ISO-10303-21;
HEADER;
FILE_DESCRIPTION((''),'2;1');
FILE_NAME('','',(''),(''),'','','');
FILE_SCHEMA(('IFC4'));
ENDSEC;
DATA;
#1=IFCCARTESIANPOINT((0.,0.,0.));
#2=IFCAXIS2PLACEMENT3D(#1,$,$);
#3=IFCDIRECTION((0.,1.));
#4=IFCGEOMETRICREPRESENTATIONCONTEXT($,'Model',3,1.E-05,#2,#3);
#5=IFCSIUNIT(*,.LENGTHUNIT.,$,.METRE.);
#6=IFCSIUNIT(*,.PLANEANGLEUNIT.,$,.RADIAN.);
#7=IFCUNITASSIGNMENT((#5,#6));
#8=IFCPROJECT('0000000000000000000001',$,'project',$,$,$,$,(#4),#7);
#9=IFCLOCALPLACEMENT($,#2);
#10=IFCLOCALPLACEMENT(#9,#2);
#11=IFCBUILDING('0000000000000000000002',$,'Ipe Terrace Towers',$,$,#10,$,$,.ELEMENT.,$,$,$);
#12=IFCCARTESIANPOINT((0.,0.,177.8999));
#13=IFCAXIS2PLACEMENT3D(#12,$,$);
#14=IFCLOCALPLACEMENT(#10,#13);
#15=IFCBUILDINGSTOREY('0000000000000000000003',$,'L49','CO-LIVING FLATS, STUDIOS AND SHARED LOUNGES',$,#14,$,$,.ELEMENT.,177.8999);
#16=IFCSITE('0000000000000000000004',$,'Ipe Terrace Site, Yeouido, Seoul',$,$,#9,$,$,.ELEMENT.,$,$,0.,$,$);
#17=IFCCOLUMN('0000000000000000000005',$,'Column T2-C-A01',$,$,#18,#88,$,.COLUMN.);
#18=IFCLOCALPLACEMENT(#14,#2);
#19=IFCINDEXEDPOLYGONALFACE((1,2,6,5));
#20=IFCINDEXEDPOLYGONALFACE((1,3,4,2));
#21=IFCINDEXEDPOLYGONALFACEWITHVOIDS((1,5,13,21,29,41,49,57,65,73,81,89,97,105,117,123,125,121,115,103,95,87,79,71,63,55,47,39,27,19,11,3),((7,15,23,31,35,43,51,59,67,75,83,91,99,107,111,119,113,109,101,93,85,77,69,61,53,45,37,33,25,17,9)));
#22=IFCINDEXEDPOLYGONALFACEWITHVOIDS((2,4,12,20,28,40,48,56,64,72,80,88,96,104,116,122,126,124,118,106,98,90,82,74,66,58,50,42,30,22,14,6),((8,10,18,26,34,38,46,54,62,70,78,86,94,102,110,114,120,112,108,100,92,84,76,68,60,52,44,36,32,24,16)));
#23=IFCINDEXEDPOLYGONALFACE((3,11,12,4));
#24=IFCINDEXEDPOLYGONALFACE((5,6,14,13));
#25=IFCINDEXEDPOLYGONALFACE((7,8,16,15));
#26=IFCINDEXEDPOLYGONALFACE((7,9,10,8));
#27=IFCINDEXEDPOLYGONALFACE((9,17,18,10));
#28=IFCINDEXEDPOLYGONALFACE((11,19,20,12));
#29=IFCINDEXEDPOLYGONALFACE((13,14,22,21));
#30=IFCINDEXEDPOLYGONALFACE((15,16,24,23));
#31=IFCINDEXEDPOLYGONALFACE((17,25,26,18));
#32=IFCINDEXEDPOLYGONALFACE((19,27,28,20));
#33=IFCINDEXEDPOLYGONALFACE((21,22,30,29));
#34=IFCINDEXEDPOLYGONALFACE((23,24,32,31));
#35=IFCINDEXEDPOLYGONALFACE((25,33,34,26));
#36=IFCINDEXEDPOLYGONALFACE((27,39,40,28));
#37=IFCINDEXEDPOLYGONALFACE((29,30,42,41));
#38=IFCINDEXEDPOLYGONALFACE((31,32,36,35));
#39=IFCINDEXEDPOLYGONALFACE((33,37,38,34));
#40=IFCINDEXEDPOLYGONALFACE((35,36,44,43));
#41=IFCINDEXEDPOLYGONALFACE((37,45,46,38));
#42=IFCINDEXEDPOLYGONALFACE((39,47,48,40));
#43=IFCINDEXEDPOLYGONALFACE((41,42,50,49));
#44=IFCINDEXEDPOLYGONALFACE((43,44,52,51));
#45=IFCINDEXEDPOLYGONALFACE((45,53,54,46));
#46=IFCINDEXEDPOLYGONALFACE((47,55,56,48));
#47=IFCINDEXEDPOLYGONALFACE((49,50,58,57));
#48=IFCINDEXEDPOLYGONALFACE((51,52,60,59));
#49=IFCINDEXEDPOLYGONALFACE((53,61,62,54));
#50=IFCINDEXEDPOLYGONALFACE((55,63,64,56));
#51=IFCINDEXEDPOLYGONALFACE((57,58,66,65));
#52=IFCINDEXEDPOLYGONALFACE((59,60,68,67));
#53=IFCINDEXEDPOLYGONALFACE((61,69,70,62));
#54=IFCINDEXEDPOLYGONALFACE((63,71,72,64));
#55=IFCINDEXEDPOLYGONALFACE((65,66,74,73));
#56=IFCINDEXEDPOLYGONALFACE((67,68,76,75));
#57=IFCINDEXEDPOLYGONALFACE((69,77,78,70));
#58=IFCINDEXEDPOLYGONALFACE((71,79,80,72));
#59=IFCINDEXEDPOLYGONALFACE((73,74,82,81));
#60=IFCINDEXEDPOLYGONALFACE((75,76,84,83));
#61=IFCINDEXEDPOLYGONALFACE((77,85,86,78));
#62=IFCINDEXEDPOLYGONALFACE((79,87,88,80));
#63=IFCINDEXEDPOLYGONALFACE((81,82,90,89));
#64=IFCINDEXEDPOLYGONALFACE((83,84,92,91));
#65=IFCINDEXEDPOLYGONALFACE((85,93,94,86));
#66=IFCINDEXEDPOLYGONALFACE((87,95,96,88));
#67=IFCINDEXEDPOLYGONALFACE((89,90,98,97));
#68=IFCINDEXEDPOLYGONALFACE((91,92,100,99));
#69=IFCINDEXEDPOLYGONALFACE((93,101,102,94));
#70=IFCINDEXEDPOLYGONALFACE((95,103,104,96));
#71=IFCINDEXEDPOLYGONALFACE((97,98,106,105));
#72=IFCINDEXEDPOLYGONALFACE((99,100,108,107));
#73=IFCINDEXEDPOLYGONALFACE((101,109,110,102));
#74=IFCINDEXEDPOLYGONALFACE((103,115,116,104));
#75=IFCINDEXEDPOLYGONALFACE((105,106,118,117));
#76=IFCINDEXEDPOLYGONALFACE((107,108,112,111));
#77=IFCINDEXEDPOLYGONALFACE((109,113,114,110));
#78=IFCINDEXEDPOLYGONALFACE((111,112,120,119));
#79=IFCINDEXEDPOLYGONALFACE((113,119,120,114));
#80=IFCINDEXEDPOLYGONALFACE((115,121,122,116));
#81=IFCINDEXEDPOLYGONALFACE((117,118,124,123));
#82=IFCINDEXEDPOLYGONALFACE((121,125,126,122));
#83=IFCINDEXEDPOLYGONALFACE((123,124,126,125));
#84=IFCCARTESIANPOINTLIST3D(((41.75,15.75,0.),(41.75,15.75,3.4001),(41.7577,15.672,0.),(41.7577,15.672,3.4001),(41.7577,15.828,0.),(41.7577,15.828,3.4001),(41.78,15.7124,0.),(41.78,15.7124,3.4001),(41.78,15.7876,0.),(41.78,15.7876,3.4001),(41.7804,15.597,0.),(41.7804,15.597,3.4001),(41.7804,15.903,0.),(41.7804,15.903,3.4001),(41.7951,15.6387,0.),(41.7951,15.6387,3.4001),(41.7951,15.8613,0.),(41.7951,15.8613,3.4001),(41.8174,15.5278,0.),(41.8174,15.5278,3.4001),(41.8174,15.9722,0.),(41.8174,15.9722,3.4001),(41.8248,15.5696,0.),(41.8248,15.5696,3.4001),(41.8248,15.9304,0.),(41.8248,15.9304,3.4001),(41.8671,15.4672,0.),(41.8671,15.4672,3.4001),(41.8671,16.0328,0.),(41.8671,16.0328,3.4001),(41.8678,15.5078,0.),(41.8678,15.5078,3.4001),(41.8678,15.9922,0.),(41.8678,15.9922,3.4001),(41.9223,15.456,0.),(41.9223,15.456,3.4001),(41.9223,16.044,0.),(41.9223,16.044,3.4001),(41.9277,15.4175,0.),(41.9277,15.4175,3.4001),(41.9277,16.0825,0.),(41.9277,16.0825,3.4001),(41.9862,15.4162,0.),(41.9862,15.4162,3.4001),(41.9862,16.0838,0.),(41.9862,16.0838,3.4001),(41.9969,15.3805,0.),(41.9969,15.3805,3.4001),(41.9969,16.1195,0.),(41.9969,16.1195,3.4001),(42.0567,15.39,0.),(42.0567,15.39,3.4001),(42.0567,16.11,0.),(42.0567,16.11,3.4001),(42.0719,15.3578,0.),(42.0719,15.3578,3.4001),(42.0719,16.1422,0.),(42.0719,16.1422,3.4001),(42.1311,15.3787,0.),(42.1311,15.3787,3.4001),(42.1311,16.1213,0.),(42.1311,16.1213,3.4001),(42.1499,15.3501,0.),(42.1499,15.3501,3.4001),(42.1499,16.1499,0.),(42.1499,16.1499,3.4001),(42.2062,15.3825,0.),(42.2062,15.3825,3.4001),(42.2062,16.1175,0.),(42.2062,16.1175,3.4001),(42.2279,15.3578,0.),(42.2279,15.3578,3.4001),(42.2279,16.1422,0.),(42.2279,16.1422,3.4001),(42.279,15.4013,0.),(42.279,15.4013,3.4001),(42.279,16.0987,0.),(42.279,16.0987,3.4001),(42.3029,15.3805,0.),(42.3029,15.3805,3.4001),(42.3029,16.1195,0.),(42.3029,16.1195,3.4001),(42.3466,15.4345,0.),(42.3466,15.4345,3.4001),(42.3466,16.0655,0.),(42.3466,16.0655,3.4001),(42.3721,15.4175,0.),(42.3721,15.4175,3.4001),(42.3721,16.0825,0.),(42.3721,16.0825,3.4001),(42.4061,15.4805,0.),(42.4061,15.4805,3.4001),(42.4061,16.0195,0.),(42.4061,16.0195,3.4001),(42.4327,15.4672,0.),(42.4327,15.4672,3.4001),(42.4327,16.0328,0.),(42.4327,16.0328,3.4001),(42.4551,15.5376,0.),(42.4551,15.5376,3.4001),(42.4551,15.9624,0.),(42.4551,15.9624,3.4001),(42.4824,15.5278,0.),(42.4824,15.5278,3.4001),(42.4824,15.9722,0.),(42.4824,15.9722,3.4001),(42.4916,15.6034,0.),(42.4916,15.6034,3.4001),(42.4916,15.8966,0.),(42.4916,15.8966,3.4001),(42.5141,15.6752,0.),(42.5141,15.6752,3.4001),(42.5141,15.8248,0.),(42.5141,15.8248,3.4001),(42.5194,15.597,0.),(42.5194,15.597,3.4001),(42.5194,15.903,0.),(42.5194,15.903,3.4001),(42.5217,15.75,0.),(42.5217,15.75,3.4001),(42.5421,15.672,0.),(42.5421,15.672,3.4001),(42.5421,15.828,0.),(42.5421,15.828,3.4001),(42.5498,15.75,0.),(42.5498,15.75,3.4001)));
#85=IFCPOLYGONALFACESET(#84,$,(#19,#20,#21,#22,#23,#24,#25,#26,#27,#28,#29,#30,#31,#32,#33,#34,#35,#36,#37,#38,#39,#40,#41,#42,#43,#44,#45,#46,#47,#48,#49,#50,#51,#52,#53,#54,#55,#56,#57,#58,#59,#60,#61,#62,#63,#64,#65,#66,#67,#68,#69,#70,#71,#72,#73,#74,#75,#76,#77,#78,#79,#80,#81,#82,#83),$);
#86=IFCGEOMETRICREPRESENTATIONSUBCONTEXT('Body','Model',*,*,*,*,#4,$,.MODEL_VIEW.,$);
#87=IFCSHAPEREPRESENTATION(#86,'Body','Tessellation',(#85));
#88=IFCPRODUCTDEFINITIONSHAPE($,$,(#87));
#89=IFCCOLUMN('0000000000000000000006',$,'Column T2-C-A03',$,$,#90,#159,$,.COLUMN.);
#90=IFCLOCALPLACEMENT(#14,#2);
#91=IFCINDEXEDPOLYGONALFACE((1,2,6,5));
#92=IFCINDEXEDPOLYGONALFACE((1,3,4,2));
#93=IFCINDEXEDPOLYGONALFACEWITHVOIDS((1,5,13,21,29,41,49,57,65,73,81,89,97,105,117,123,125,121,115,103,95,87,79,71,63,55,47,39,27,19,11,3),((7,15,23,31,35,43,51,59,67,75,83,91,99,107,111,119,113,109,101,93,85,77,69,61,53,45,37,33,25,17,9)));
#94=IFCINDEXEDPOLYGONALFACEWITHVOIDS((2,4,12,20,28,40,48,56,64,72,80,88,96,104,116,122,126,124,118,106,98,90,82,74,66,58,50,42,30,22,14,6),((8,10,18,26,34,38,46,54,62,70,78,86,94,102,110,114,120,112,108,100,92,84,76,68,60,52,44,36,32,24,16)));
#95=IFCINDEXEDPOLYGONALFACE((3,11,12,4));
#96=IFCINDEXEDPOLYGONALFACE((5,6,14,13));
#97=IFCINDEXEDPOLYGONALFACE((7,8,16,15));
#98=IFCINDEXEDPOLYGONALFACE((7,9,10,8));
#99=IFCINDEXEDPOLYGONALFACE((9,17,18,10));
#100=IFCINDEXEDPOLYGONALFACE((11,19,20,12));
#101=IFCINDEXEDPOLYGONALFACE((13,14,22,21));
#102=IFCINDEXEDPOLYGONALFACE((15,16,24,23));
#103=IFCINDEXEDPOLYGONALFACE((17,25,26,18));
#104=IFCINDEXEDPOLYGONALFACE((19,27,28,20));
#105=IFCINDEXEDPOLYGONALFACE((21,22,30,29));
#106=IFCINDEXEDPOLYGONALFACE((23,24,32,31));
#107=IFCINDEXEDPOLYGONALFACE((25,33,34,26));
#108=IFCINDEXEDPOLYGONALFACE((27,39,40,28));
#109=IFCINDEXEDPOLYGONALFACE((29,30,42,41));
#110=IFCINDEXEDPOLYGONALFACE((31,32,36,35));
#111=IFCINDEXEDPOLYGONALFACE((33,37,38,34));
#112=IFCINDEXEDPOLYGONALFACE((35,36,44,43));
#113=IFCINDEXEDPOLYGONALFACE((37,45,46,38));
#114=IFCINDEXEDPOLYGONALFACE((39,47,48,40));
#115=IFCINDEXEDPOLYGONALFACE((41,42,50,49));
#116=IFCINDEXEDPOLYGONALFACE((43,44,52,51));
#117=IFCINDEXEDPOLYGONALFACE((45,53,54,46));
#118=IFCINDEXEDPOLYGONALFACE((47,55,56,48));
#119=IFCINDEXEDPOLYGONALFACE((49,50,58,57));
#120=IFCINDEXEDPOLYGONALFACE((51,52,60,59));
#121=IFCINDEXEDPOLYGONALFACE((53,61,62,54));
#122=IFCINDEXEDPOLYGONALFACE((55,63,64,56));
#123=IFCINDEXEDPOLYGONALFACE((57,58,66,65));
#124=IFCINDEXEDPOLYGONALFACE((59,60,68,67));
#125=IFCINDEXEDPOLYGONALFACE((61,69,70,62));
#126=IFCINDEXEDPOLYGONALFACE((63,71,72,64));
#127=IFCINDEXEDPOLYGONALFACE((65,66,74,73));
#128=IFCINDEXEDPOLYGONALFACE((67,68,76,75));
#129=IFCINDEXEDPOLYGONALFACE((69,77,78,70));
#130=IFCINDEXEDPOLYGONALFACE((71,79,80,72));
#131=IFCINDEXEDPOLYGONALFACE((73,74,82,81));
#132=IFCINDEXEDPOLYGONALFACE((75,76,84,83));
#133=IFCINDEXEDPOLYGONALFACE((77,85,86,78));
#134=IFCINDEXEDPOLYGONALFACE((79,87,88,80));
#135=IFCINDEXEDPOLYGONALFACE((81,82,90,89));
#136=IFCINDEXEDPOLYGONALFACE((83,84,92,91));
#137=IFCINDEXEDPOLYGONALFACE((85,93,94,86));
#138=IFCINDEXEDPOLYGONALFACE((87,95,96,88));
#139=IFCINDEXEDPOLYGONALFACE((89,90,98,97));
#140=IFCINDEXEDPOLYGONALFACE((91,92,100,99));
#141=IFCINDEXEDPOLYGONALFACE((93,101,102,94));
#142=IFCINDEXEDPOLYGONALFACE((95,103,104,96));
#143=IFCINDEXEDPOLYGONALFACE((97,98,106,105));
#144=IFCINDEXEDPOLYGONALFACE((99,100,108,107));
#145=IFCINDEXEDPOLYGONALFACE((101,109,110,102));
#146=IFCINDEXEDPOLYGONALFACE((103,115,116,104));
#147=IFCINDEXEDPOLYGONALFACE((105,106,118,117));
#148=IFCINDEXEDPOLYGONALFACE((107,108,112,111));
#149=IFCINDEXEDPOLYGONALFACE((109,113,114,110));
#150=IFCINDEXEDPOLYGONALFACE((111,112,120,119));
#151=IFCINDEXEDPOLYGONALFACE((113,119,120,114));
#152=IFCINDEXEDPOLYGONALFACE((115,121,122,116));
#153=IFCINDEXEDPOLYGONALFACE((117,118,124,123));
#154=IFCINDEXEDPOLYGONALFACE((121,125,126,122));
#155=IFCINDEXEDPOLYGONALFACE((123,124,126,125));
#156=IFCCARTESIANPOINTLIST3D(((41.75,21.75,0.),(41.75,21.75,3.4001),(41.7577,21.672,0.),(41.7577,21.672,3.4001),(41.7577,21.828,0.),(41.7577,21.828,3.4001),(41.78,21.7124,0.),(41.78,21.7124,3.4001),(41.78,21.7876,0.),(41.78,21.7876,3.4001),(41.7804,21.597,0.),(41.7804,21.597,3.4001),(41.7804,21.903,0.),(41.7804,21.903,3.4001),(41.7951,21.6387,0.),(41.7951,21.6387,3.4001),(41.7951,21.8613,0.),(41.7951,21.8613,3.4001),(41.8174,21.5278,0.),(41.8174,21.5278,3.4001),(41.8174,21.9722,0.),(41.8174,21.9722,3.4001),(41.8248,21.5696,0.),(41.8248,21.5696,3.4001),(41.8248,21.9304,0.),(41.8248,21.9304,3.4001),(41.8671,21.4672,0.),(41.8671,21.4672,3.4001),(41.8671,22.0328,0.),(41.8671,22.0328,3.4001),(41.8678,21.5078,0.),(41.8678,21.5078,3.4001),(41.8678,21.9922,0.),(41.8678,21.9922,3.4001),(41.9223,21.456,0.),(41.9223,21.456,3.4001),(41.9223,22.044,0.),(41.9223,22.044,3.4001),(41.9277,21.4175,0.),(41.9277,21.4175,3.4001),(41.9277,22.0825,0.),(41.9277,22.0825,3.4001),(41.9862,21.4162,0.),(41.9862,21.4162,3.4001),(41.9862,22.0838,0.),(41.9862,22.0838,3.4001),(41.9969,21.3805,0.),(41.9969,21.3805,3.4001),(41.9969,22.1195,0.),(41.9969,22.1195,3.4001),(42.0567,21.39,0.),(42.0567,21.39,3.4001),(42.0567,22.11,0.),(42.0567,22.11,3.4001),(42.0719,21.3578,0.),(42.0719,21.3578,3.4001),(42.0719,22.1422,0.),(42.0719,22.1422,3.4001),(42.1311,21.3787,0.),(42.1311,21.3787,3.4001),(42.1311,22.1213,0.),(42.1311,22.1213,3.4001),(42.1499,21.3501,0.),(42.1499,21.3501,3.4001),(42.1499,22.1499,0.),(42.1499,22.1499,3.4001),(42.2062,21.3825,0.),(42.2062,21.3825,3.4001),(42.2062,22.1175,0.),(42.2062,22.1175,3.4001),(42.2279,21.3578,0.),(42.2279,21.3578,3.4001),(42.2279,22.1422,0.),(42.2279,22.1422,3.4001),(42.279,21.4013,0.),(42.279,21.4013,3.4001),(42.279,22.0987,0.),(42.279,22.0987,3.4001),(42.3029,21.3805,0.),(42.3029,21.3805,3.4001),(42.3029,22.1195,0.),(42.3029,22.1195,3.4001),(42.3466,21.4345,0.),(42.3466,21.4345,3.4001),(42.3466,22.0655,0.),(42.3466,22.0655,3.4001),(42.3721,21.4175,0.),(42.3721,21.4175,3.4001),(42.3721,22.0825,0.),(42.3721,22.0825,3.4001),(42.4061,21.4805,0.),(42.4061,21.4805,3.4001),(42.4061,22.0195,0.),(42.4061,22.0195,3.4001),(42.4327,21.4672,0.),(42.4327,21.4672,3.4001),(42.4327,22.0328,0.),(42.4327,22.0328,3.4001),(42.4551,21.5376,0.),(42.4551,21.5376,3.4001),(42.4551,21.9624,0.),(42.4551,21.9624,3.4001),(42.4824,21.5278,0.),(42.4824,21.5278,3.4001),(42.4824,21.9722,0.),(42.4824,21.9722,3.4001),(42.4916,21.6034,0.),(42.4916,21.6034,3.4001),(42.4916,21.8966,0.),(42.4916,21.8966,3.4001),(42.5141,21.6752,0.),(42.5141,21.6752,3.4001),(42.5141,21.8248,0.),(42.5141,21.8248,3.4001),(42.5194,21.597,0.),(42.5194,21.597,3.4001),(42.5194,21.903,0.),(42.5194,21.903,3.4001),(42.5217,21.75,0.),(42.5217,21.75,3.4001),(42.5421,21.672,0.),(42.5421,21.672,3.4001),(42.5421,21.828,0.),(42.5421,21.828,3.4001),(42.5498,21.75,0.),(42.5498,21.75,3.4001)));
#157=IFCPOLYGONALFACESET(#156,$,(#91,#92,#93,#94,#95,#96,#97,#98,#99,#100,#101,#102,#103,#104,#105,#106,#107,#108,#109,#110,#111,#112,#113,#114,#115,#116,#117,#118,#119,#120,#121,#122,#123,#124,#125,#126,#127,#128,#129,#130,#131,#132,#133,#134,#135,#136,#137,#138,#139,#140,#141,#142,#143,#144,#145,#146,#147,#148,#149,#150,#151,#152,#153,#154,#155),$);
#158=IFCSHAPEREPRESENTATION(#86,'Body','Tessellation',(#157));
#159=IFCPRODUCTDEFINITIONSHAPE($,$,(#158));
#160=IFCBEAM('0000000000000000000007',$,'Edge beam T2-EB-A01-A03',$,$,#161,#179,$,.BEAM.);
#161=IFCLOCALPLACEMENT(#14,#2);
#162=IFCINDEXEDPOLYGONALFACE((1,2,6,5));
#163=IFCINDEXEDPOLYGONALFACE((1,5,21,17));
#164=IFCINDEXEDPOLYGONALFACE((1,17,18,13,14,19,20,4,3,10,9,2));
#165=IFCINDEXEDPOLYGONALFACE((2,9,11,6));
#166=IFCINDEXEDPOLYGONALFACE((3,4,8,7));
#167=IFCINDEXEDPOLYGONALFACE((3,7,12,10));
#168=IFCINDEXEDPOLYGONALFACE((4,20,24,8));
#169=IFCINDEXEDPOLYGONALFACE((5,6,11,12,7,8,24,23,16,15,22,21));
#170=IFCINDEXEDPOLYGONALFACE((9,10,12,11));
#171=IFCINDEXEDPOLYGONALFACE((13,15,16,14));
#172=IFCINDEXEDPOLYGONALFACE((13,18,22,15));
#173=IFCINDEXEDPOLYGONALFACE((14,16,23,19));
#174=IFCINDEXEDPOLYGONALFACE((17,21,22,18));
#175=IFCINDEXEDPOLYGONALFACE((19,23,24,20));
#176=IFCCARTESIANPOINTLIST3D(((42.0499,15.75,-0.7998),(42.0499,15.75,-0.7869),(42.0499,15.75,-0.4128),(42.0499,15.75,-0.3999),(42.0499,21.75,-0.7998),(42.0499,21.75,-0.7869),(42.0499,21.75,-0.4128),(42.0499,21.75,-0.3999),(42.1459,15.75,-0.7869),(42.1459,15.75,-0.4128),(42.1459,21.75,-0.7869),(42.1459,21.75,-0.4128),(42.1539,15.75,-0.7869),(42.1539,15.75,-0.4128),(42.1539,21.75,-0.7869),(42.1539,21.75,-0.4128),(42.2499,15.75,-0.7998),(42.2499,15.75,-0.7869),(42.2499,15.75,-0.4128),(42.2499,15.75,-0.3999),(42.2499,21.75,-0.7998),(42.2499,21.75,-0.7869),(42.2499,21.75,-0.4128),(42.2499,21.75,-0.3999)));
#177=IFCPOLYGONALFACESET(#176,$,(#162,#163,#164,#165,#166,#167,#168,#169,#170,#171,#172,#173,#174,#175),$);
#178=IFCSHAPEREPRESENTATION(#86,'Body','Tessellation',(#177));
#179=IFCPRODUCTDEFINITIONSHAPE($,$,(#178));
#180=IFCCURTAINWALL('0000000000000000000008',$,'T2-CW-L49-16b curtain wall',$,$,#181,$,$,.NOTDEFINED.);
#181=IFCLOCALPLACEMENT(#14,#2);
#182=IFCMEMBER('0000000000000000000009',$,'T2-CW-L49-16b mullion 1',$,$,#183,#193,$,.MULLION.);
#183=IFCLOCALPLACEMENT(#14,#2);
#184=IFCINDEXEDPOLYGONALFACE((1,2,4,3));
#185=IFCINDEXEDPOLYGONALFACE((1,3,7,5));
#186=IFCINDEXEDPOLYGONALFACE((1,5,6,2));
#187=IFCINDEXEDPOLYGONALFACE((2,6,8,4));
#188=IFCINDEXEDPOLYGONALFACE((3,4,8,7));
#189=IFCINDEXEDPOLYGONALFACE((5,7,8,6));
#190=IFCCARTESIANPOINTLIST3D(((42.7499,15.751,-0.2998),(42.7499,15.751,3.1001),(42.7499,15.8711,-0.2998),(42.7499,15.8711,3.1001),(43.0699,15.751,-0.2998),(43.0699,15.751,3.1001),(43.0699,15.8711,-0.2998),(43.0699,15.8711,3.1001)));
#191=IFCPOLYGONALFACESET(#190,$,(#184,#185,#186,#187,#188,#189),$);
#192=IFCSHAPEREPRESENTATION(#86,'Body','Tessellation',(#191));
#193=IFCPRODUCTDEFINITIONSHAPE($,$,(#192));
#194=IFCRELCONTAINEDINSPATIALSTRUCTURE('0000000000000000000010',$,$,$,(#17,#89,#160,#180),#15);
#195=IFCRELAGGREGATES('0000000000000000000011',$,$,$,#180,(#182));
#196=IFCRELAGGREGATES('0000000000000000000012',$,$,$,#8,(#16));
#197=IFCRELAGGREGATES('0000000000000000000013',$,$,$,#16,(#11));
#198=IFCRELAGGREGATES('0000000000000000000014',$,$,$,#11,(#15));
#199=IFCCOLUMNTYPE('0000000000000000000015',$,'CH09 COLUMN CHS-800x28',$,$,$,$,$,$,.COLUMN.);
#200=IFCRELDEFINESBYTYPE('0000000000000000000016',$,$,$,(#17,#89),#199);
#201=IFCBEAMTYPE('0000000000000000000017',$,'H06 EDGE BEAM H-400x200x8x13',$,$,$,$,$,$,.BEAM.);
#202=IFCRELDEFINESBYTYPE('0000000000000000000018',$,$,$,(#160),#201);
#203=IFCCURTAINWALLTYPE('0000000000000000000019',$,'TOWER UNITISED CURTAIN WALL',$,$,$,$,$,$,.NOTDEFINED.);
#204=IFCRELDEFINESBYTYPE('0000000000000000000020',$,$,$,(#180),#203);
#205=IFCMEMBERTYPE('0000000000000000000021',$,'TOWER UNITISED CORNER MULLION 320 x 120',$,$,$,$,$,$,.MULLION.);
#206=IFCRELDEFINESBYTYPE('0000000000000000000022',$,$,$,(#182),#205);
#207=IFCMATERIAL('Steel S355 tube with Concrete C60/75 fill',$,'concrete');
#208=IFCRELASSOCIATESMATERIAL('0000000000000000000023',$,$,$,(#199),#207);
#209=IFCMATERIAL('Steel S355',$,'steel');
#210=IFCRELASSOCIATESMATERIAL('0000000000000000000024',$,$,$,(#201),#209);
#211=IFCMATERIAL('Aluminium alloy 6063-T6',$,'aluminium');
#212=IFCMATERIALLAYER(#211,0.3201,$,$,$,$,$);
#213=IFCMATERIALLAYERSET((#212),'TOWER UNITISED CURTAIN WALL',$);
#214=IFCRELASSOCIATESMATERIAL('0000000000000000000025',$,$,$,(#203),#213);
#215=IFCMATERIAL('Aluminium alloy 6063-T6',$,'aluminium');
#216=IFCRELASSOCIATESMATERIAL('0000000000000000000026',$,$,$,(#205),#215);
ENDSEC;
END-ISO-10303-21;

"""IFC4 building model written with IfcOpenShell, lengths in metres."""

from ifc_helpers import new_model, si_unit, direction, frame, origin, origin_2d, place, context, subcontext, project, spatial, rectangle, hollow_circle, i_section, extrude, material, layer, layer_set, material_profile, profile_set, type_object, element, aggregate, save


model = new_model("IFC4")

# Units and contexts
model_context = context("Model", 3, precision=1e-05, world=origin(), true_north=direction((0.0, 1.0)))
body_context = subcontext(model_context, "Body", "Model", "MODEL_VIEW")
ifc_project = project(units=[si_unit("LENGTHUNIT", "METRE"), si_unit("PLANEANGLEUNIT", "RADIAN")], contexts=[model_context])

# Site, building, storey
site_placement = place(None, origin())
site = spatial("IfcSite", under=ifc_project, at=site_placement, Name="Ipe Terrace Site, Yeouido, Seoul", CompositionType="ELEMENT", RefElevation=0.0)
building_placement = place(site_placement, origin())
building = spatial("IfcBuilding", under=site, at=building_placement, Name="Ipe Terrace Towers", CompositionType="ELEMENT")
storey_placement = place(building_placement, frame((0.0, 0.0, 177.8999)))
storey = spatial("IfcBuildingStorey", under=building, at=storey_placement, Name="L49", Description="CO-LIVING FLATS, STUDIOS AND SHARED LOUNGES", CompositionType="ELEMENT", Elevation=177.8999)

# Columns
ifc_material_1 = material(Name="Steel S355 tube with Concrete C60/75 fill", Category="concrete")
ifc_material_profile_1 = material_profile(ifc_material_1, hollow_circle(Radius=0.3999, WallThickness=0.0281, at=origin_2d()), Name="CHS-800x28")
ifc_profile_set_1 = profile_set([ifc_material_profile_1], Name="Steel S355 tube with Concrete C60/75 fill")
column_type = type_object("IfcColumnType", Name="CH09 COLUMN CHS-800x28", PredefinedType="COLUMN", material=ifc_profile_set_1)
for number, where, z_axis, x_axis, name in (
    (1, (42.1499, 15.75, 0.0), (0.0, 0.0, 1.0), (1.0, 0.0, 0.0), "Column T2-C-A01"),
    (2, (42.1499, 21.75, 0.0), (0.0, 0.0, 1.0), (1.0, 0.0, 0.0), "Column T2-C-A03"),
):
    element("IfcColumn", number, at=place(storey_placement, frame(where, z_axis=z_axis, x_axis=x_axis)), inside=storey, type_object=column_type, Name=name, PredefinedType="COLUMN", context=body_context, shape_type="SweptSolid", body=[
        extrude(hollow_circle(Radius=0.3999, WallThickness=0.0281, at=origin_2d()), origin(), (0.0, 0.0, 1.0), 3.4001),
    ])

# Beam
ifc_material_2 = material(Name="Steel S355", Category="steel")
ifc_material_profile_2 = material_profile(ifc_material_2, i_section(OverallWidth=0.2, OverallDepth=0.3999, WebThickness=0.0081, FlangeThickness=0.0129, at=origin_2d()), Name="H-400x200x8x13")
ifc_profile_set_2 = profile_set([ifc_material_profile_2], Name="Steel S355")
beam_type = type_object("IfcBeamType", Name="H06 EDGE BEAM H-400x200x8x13", PredefinedType="BEAM", material=ifc_profile_set_2)
beam_placement = place(storey_placement, frame((42.1499, 15.75, -0.5999), z_axis=(0.0, 1.0, 0.0), x_axis=(-1.0, 0.0, 0.0)))
element("IfcBeam", 3, at=beam_placement, inside=storey, type_object=beam_type, Name="Edge beam T2-EB-A01-A03", PredefinedType="BEAM", context=body_context, shape_type="SweptSolid", body=[
    extrude(i_section(OverallWidth=0.2, OverallDepth=0.3999, WebThickness=0.0081, FlangeThickness=0.0129, at=origin_2d()), origin(), (0.0, 0.0, 1.0), 6.0),
])

# Curtain wall, member
ifc_material_3 = material(Name="Aluminium alloy 6063-T6", Category="aluminium")
ifc_layer_1 = layer(ifc_material_3, 0.3201)
ifc_layer_set_1 = layer_set([ifc_layer_1], Name="TOWER UNITISED CURTAIN WALL")
curtain_wall_type = type_object("IfcCurtainWallType", Name="TOWER UNITISED CURTAIN WALL", PredefinedType="NOTDEFINED", material=ifc_layer_set_1)
curtain_wall_1_placement = place(storey_placement, origin())
curtain_wall_1 = element("IfcCurtainWall", 4, at=curtain_wall_1_placement, inside=storey, type_object=curtain_wall_type, Name="T2-CW-L49-16b curtain wall", PredefinedType="NOTDEFINED")
ifc_material_4 = material(Name="Aluminium alloy 6063-T6", Category="aluminium")
ifc_material_profile_3 = material_profile(ifc_material_4, rectangle(XDim=0.3201, YDim=0.1201, at=origin_2d()), Name="TOWER UNITISED CORNER MULLION 320 x 120")
ifc_profile_set_3 = profile_set([ifc_material_profile_3], Name="Aluminium alloy 6063-T6")
member_type_1 = type_object("IfcMemberType", Name="TOWER UNITISED CORNER MULLION 320 x 120", PredefinedType="MULLION", material=ifc_profile_set_3)
member_1_placement = place(storey_placement, frame((42.9099, 15.811, -0.2998), z_axis=(0.0, 0.0, 1.0), x_axis=(1.0, 0.0, 0.0)))
member_1 = element("IfcMember", 5, at=member_1_placement, type_object=member_type_1, Name="T2-CW-L49-16b mullion 1", PredefinedType="MULLION", context=body_context, shape_type="SweptSolid", body=[
    extrude(rectangle(XDim=0.3201, YDim=0.1201, at=origin_2d()), origin(), (0.0, 0.0, 1.0), 3.3999),
])

aggregate(curtain_wall_1, [member_1])

save(model, "model.ifc")
